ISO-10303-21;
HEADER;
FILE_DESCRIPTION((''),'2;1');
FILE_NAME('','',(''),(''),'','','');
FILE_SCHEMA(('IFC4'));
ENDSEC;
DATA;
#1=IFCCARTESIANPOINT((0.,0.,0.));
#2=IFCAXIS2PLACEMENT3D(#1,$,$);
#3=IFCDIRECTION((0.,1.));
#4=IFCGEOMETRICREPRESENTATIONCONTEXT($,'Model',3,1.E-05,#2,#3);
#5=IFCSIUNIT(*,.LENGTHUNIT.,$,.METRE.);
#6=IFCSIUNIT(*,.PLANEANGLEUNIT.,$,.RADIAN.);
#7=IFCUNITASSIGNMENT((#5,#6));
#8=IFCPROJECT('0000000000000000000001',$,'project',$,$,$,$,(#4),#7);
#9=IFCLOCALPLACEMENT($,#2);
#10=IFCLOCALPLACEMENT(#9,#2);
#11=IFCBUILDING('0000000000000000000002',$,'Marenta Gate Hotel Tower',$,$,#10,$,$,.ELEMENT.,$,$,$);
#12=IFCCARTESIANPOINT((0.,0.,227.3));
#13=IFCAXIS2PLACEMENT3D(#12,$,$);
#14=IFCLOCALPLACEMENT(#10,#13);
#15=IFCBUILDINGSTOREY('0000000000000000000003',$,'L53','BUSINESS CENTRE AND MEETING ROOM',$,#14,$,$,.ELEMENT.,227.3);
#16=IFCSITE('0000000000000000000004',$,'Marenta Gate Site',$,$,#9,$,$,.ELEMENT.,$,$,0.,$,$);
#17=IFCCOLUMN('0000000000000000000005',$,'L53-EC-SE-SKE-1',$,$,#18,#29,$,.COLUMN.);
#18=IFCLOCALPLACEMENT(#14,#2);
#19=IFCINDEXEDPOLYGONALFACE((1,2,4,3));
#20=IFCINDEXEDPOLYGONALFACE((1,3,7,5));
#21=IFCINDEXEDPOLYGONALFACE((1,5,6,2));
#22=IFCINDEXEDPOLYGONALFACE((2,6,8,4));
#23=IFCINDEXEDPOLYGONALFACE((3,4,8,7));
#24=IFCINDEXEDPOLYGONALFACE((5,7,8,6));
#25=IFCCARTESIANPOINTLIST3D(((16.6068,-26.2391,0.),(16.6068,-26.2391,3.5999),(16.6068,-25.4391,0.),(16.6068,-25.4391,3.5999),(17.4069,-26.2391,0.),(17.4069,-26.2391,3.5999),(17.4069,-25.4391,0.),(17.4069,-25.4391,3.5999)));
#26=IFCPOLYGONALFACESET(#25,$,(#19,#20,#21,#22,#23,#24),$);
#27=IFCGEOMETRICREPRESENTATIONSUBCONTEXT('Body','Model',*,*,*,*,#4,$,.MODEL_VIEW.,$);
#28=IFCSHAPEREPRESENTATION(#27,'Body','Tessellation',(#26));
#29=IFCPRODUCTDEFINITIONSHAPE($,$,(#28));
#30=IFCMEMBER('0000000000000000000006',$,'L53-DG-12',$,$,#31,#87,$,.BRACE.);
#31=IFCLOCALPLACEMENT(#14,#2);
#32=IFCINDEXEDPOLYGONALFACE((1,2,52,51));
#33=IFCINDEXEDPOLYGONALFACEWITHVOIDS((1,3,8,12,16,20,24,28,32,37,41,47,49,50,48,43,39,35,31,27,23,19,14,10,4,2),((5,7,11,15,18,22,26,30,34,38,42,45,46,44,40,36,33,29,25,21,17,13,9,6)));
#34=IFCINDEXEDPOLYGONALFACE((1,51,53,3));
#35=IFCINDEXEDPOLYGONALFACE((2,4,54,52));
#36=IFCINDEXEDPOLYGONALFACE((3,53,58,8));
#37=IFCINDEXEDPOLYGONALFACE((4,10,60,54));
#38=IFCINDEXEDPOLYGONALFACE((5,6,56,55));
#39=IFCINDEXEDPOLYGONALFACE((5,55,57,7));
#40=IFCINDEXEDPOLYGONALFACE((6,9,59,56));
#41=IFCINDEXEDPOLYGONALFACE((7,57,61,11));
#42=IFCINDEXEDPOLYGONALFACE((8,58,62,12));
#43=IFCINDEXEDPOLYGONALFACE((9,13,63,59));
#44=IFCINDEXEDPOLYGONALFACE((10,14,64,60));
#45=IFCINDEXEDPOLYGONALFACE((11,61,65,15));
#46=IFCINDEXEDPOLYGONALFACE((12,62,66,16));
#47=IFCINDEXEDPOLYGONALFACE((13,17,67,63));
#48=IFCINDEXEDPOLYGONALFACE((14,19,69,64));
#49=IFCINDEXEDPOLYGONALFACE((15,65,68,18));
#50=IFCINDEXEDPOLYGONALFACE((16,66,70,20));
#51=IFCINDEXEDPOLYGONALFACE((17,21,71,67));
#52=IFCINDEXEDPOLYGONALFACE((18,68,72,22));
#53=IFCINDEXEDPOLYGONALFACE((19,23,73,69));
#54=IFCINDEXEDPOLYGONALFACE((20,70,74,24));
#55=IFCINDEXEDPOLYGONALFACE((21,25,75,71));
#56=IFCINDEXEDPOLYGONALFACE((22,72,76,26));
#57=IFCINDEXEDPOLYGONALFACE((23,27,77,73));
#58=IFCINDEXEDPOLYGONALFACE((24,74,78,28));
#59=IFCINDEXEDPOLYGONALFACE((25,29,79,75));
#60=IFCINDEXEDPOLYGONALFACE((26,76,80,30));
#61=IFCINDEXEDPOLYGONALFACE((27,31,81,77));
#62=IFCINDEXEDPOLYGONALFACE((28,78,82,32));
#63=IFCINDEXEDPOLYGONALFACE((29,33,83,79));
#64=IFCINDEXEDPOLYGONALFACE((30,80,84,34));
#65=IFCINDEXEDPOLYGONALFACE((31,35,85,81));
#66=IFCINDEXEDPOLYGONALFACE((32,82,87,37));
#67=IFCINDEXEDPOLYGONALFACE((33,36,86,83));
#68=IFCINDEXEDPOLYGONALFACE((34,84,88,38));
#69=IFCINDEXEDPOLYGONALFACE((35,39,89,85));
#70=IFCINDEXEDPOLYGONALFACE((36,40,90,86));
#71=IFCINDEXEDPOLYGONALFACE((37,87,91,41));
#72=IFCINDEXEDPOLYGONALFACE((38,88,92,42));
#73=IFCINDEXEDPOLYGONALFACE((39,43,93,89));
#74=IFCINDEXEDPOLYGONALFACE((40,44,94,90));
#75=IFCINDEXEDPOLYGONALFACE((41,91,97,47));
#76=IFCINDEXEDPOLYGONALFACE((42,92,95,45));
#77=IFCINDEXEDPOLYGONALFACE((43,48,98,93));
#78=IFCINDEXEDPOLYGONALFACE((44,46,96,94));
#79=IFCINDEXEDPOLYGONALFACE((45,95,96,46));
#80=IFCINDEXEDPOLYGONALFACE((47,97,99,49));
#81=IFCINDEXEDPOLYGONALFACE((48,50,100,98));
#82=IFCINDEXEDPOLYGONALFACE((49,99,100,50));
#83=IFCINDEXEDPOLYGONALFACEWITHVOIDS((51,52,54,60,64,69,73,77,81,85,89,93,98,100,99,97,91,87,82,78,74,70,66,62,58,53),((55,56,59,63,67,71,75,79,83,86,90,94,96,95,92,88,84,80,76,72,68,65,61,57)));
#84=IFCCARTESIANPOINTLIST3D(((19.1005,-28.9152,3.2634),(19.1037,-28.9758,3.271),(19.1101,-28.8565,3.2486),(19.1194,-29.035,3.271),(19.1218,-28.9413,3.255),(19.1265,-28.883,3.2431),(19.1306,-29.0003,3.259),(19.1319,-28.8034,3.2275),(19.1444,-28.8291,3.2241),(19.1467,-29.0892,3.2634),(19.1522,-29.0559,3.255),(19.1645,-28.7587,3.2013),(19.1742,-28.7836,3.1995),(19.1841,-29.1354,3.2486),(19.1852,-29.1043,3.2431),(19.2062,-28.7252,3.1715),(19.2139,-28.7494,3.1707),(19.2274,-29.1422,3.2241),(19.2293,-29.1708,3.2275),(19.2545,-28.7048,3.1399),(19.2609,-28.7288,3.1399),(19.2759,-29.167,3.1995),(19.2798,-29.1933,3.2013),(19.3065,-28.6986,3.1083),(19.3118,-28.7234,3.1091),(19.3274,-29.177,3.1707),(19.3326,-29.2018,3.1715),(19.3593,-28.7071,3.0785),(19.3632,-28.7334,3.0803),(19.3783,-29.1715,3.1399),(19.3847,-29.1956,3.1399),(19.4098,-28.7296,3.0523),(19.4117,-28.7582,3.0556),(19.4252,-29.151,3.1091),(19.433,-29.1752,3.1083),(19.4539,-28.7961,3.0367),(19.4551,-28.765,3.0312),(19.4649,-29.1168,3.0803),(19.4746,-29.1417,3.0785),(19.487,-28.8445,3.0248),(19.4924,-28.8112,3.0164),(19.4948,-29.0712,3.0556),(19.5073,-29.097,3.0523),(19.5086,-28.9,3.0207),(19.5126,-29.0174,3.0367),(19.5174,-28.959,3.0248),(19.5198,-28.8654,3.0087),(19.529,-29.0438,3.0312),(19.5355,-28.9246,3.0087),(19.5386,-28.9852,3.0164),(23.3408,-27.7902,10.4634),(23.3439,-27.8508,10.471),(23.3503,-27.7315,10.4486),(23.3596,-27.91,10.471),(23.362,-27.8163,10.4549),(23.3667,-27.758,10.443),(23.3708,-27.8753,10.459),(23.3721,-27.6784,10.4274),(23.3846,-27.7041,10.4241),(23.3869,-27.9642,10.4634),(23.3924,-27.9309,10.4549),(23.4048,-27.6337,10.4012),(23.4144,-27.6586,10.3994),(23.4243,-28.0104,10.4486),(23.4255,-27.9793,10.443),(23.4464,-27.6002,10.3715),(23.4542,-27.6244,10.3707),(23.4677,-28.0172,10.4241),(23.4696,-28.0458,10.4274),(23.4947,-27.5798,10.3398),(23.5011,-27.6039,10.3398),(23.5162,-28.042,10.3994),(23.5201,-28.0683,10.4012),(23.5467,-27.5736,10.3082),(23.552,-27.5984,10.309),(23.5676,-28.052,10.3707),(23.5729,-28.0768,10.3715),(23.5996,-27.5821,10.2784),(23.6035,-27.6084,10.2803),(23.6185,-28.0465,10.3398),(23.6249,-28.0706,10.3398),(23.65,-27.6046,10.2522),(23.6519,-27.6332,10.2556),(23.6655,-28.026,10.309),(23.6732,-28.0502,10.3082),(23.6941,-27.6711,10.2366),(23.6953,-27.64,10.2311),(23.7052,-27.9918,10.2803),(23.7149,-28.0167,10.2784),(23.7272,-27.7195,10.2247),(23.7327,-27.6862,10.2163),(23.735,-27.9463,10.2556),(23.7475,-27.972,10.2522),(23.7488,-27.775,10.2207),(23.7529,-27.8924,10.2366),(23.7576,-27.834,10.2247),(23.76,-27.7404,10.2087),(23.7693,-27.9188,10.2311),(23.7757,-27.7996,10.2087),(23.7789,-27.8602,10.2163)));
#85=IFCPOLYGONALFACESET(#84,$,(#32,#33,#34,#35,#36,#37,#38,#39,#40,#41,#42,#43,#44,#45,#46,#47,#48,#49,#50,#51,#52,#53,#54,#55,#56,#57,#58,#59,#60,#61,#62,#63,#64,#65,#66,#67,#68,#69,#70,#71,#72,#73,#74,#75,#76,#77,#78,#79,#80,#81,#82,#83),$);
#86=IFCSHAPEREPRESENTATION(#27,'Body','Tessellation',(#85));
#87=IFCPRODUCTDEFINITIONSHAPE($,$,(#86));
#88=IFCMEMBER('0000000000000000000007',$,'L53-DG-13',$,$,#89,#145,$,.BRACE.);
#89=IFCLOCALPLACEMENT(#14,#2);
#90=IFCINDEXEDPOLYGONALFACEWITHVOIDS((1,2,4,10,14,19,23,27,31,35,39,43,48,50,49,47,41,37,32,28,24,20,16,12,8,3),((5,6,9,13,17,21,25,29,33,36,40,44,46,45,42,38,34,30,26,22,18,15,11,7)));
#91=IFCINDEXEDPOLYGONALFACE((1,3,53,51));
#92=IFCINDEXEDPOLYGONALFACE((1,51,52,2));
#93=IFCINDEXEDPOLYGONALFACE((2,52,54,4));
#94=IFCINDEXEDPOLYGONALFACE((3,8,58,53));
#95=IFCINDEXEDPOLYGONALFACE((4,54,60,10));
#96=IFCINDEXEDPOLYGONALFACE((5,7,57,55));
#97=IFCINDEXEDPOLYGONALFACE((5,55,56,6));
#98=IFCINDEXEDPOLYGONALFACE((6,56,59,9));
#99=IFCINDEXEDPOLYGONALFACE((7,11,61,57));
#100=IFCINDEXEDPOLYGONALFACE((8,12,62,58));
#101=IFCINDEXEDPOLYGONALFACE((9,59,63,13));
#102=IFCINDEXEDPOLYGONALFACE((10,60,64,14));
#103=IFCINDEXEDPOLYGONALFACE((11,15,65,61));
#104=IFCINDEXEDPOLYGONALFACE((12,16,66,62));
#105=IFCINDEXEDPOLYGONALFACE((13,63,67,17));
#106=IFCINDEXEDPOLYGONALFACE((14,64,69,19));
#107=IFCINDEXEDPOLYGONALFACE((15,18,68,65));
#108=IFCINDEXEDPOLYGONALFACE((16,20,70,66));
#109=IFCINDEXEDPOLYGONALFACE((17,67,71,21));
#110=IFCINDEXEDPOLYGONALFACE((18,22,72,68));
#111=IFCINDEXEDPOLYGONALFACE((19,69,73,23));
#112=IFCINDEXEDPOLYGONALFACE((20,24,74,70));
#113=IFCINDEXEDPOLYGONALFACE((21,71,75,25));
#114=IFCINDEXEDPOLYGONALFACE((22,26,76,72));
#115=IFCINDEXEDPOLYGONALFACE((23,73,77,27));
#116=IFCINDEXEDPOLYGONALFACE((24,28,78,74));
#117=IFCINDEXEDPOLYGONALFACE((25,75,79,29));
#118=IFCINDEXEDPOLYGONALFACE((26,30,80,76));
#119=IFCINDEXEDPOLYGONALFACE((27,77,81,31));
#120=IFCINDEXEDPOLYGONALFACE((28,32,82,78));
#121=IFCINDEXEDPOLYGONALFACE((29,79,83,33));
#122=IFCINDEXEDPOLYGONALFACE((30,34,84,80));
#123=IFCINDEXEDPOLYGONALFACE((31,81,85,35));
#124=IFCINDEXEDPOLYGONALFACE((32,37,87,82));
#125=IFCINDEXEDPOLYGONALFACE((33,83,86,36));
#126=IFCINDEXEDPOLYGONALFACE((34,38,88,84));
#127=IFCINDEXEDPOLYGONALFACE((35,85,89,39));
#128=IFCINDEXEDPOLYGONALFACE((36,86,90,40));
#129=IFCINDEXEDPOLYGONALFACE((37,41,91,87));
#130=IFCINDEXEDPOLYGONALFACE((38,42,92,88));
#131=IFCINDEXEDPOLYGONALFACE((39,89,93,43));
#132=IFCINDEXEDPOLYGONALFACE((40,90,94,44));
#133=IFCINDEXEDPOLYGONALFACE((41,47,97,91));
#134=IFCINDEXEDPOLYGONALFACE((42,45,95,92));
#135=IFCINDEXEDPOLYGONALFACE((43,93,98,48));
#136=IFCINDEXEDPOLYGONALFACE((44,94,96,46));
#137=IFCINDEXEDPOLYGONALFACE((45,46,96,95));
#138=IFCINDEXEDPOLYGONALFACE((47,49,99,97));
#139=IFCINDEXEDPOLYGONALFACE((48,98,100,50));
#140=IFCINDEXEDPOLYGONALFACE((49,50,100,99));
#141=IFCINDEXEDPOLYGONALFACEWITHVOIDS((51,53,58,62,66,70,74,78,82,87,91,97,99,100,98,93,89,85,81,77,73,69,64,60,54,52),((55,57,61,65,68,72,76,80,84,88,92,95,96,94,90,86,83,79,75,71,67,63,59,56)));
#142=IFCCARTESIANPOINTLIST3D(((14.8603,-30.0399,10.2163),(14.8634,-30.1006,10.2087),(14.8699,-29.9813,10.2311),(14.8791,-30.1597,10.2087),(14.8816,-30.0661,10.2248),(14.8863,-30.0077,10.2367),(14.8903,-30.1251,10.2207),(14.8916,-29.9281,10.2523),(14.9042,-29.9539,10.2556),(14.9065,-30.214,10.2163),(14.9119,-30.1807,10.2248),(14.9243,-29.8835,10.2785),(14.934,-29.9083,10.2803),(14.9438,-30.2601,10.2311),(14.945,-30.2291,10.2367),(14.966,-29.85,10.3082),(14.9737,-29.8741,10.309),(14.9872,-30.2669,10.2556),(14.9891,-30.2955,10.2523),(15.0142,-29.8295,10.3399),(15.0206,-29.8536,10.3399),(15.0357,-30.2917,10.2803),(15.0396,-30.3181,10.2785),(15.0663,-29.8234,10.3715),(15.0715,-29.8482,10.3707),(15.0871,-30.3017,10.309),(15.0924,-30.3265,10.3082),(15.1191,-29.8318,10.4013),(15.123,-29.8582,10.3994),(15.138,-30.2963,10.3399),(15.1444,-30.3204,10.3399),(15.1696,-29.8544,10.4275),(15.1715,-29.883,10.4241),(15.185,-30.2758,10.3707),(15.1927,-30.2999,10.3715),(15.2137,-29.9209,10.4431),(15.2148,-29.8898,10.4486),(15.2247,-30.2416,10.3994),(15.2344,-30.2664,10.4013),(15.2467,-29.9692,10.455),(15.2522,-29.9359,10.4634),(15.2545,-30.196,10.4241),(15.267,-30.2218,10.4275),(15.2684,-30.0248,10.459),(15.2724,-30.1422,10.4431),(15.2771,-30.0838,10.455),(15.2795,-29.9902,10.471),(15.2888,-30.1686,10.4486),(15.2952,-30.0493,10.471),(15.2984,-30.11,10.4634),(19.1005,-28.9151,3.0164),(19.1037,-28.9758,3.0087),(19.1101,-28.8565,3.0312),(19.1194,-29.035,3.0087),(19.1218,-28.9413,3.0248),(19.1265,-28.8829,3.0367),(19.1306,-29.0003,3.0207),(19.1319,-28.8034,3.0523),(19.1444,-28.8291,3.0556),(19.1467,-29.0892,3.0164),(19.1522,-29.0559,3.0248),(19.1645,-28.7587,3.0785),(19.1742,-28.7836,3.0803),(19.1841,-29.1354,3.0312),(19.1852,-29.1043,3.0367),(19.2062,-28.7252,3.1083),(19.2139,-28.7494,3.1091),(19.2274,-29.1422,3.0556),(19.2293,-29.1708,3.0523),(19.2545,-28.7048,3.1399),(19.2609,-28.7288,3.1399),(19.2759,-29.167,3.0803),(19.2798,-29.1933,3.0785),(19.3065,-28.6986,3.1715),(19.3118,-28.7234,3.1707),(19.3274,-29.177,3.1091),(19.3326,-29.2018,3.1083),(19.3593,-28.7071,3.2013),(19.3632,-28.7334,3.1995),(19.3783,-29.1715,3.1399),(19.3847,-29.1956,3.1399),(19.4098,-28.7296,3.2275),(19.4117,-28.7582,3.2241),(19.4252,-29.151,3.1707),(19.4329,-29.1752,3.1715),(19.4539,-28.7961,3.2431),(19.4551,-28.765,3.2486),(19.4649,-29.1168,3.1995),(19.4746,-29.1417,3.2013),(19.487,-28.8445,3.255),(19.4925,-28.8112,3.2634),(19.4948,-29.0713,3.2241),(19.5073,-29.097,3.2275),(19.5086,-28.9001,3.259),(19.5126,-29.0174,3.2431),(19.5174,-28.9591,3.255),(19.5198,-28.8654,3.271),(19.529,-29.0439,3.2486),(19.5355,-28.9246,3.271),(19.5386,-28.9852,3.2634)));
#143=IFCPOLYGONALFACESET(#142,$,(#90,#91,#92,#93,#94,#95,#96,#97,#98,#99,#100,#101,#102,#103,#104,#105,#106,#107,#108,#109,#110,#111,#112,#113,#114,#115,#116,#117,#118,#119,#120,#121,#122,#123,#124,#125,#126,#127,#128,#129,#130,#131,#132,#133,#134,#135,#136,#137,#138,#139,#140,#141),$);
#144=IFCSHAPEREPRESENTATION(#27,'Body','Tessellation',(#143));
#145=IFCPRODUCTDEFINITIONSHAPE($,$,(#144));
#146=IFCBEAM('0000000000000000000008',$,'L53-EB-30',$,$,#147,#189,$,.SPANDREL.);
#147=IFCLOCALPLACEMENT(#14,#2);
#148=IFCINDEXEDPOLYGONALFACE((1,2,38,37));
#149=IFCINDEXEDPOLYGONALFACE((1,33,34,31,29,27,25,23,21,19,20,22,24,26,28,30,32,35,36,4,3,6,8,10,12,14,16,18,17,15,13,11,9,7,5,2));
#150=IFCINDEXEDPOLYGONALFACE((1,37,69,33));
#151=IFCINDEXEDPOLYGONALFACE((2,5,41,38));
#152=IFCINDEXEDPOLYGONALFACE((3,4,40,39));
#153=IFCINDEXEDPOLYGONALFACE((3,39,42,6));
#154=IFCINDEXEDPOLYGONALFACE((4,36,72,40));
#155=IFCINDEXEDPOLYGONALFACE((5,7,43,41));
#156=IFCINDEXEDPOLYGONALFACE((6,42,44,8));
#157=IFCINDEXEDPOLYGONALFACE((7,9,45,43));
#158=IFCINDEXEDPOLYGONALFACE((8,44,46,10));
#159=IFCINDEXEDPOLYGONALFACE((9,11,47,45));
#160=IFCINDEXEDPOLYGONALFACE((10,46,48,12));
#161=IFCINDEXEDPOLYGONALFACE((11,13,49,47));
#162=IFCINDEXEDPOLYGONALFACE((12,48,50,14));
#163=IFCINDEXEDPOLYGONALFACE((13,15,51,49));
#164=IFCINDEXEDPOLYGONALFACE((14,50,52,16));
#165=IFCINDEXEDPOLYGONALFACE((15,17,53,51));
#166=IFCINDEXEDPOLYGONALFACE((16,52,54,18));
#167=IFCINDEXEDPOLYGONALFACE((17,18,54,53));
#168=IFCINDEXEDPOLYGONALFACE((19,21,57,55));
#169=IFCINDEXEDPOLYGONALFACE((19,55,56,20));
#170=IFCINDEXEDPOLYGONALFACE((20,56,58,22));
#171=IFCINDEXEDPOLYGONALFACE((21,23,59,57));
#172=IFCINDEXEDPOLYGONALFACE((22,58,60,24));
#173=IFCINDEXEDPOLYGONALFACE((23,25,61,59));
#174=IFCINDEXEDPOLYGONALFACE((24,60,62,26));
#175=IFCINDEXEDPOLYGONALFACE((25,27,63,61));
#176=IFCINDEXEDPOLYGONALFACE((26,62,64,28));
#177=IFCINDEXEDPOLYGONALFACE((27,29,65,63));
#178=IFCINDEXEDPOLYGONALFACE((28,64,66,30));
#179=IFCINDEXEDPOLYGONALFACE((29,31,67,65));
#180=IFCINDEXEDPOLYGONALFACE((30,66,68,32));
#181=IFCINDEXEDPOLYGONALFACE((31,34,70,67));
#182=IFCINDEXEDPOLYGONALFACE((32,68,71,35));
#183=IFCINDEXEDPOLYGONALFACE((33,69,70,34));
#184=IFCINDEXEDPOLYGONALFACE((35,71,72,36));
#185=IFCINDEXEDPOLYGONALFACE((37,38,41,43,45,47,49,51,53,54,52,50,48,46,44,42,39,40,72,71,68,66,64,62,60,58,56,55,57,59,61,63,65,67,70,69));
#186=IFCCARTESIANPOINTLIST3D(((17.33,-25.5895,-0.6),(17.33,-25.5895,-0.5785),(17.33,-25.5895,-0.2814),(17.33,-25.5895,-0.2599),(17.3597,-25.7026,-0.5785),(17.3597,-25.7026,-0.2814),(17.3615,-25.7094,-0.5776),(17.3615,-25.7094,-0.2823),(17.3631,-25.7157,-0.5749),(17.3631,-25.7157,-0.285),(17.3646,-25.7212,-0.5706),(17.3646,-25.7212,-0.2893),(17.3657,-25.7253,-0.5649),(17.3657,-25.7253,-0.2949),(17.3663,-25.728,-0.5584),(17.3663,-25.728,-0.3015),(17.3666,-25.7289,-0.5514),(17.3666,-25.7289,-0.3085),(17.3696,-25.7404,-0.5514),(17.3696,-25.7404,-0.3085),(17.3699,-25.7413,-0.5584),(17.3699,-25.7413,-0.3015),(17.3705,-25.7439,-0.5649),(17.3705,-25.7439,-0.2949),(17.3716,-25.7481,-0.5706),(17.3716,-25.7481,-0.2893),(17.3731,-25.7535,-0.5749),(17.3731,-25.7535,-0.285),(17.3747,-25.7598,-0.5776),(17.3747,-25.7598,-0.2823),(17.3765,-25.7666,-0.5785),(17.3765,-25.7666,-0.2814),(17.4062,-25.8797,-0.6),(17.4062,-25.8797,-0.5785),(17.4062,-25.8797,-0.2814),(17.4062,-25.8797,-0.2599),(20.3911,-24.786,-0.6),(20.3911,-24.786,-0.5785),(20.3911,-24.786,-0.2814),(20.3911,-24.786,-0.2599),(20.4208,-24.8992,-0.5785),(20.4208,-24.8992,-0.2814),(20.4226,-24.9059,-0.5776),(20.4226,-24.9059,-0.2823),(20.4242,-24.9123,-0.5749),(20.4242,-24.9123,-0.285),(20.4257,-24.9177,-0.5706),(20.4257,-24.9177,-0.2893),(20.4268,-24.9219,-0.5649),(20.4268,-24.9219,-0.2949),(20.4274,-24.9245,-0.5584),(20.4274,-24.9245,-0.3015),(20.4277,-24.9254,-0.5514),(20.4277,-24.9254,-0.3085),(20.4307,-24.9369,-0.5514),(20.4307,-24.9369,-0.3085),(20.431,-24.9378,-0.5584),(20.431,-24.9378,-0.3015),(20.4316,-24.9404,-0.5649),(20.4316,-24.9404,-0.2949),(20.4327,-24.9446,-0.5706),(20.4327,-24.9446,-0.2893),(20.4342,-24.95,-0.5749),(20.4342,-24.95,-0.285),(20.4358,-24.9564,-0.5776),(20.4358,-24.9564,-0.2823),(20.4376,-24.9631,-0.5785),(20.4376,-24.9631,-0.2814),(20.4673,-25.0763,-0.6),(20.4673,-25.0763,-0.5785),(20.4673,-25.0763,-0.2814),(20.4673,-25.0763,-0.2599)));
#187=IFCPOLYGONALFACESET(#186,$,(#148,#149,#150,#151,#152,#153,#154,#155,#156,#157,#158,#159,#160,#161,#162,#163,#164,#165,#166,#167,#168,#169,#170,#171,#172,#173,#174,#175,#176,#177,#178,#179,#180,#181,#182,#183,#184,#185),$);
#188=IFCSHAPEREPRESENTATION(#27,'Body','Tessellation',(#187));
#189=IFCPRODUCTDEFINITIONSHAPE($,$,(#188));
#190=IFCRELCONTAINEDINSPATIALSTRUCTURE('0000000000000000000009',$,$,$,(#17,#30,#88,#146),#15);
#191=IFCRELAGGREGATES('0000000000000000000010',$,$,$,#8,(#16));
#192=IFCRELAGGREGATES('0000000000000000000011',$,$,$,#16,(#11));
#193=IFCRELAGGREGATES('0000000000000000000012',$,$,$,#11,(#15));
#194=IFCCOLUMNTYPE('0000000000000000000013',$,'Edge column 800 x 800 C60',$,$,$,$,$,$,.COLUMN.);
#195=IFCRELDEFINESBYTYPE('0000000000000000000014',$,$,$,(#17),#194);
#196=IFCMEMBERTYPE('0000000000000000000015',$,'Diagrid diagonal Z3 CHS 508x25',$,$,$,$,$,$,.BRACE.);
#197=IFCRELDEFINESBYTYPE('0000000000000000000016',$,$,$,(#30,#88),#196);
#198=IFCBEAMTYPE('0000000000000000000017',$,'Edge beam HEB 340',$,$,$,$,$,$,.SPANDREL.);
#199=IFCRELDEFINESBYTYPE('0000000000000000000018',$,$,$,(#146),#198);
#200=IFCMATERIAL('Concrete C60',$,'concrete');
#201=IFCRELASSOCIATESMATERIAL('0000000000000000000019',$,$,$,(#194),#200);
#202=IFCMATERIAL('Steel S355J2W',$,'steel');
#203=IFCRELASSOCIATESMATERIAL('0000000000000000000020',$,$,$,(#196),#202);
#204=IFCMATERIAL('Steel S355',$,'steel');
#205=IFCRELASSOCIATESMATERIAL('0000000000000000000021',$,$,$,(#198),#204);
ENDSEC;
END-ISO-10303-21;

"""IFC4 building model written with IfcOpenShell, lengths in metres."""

from ifc_helpers import new_model, si_unit, direction, frame, origin, origin_2d, place, context, subcontext, project, spatial, rectangle, hollow_circle, i_section, extrude, material, material_profile, profile_set, type_object, element, save


model = new_model("IFC4")

# Units and contexts
model_context = context("Model", 3, precision=1e-05, world=origin(), true_north=direction((0.0, 1.0)))
body_context = subcontext(model_context, "Body", "Model", "MODEL_VIEW")
ifc_project = project(units=[si_unit("LENGTHUNIT", "METRE"), si_unit("PLANEANGLEUNIT", "RADIAN")], contexts=[model_context])

# Site, building, storey
site_placement = place(None, origin())
site = spatial("IfcSite", under=ifc_project, at=site_placement, Name="Marenta Gate Site", CompositionType="ELEMENT", RefElevation=0.0)
building_placement = place(site_placement, origin())
building = spatial("IfcBuilding", under=site, at=building_placement, Name="Marenta Gate Hotel Tower", CompositionType="ELEMENT")
storey_placement = place(building_placement, frame((0.0, 0.0, 227.3)))
storey = spatial("IfcBuildingStorey", under=building, at=storey_placement, Name="L53", Description="BUSINESS CENTRE AND MEETING ROOM", CompositionType="ELEMENT", Elevation=227.3)

# Column
ifc_material_1 = material(Name="Concrete C60", Category="concrete")
ifc_material_profile_1 = material_profile(ifc_material_1, rectangle(XDim=0.8, YDim=0.8, at=origin_2d()), Name="800 x 800")
ifc_profile_set_1 = profile_set([ifc_material_profile_1], Name="Concrete C60")
column_type = type_object("IfcColumnType", Name="Edge column 800 x 800 C60", PredefinedType="COLUMN", material=ifc_profile_set_1)
column_placement = place(storey_placement, frame((17.0068, -25.8391, 0.0), z_axis=(0.0, 0.0, 1.0), x_axis=(1.0, 0.0, 0.0)))
element("IfcColumn", 1, at=column_placement, inside=storey, type_object=column_type, Name="L53-EC-SE-SKE-1", PredefinedType="COLUMN", context=body_context, shape_type="SweptSolid", body=[
    extrude(rectangle(XDim=0.8, YDim=0.8, at=origin_2d()), origin(), (0.0, 0.0, 1.0), 3.5999),
])

# Members
ifc_material_2 = material(Name="Steel S355J2W", Category="steel")
ifc_material_profile_2 = material_profile(ifc_material_2, hollow_circle(Radius=0.2539, WallThickness=0.0249, at=origin_2d()), Name="CHS 508x25")
ifc_profile_set_2 = profile_set([ifc_material_profile_2], Name="Steel S355J2W")
member_type_1 = type_object("IfcMemberType", Name="Diagrid diagonal Z3 CHS 508x25", PredefinedType="BRACE", material=ifc_profile_set_2)
for number, where, z_axis, x_axis, name in (
    (2, (19.3196, -28.9502, 3.1399), (0.502924, 0.133434, 0.853969), (-0.256443, 0.966559, 0.0), "L53-DG-12"),
    (3, (19.3196, -28.9502, 3.1399), (-0.502926, -0.133405, 0.853972), (0.256391, -0.966573, 0.0), "L53-DG-13"),
):
    element("IfcMember", number, at=place(storey_placement, frame(where, z_axis=z_axis, x_axis=x_axis)), inside=storey, type_object=member_type_1, Name=name, PredefinedType="BRACE", context=body_context, shape_type="SweptSolid", body=[
        extrude(hollow_circle(Radius=0.2539, WallThickness=0.0249, at=origin_2d()), origin(), (0.0, 0.0, 1.0), 8.4312),
    ])

# Beam
ifc_material_3 = material(Name="Steel S355", Category="steel")
ifc_material_profile_3 = material_profile(ifc_material_3, i_section(OverallWidth=0.3, OverallDepth=0.3401, WebThickness=0.012, FlangeThickness=0.0215, FilletRadius=0.0271, at=origin_2d()), Name="HEB 340")
ifc_profile_set_3 = profile_set([ifc_material_profile_3], Name="Steel S355")
beam_type_1 = type_object("IfcBeamType", Name="Edge beam HEB 340", PredefinedType="SPANDREL", material=ifc_profile_set_3)
beam_1_placement = place(storey_placement, frame((20.4292, -24.9312, -0.4299), z_axis=(-0.967235, -0.253882, 0.0), x_axis=(0.253882, -0.967235, 0.0)))
element("IfcBeam", 4, at=beam_1_placement, inside=storey, type_object=beam_type_1, Name="L53-EB-30", PredefinedType="SPANDREL", context=body_context, shape_type="SweptSolid", body=[
    extrude(i_section(OverallWidth=0.3, OverallDepth=0.3401, WebThickness=0.012, FlangeThickness=0.0215, FilletRadius=0.0271, at=origin_2d()), origin(), (0.0, 0.0, 1.0), 3.1648),
])

save(model, "model.ifc")
